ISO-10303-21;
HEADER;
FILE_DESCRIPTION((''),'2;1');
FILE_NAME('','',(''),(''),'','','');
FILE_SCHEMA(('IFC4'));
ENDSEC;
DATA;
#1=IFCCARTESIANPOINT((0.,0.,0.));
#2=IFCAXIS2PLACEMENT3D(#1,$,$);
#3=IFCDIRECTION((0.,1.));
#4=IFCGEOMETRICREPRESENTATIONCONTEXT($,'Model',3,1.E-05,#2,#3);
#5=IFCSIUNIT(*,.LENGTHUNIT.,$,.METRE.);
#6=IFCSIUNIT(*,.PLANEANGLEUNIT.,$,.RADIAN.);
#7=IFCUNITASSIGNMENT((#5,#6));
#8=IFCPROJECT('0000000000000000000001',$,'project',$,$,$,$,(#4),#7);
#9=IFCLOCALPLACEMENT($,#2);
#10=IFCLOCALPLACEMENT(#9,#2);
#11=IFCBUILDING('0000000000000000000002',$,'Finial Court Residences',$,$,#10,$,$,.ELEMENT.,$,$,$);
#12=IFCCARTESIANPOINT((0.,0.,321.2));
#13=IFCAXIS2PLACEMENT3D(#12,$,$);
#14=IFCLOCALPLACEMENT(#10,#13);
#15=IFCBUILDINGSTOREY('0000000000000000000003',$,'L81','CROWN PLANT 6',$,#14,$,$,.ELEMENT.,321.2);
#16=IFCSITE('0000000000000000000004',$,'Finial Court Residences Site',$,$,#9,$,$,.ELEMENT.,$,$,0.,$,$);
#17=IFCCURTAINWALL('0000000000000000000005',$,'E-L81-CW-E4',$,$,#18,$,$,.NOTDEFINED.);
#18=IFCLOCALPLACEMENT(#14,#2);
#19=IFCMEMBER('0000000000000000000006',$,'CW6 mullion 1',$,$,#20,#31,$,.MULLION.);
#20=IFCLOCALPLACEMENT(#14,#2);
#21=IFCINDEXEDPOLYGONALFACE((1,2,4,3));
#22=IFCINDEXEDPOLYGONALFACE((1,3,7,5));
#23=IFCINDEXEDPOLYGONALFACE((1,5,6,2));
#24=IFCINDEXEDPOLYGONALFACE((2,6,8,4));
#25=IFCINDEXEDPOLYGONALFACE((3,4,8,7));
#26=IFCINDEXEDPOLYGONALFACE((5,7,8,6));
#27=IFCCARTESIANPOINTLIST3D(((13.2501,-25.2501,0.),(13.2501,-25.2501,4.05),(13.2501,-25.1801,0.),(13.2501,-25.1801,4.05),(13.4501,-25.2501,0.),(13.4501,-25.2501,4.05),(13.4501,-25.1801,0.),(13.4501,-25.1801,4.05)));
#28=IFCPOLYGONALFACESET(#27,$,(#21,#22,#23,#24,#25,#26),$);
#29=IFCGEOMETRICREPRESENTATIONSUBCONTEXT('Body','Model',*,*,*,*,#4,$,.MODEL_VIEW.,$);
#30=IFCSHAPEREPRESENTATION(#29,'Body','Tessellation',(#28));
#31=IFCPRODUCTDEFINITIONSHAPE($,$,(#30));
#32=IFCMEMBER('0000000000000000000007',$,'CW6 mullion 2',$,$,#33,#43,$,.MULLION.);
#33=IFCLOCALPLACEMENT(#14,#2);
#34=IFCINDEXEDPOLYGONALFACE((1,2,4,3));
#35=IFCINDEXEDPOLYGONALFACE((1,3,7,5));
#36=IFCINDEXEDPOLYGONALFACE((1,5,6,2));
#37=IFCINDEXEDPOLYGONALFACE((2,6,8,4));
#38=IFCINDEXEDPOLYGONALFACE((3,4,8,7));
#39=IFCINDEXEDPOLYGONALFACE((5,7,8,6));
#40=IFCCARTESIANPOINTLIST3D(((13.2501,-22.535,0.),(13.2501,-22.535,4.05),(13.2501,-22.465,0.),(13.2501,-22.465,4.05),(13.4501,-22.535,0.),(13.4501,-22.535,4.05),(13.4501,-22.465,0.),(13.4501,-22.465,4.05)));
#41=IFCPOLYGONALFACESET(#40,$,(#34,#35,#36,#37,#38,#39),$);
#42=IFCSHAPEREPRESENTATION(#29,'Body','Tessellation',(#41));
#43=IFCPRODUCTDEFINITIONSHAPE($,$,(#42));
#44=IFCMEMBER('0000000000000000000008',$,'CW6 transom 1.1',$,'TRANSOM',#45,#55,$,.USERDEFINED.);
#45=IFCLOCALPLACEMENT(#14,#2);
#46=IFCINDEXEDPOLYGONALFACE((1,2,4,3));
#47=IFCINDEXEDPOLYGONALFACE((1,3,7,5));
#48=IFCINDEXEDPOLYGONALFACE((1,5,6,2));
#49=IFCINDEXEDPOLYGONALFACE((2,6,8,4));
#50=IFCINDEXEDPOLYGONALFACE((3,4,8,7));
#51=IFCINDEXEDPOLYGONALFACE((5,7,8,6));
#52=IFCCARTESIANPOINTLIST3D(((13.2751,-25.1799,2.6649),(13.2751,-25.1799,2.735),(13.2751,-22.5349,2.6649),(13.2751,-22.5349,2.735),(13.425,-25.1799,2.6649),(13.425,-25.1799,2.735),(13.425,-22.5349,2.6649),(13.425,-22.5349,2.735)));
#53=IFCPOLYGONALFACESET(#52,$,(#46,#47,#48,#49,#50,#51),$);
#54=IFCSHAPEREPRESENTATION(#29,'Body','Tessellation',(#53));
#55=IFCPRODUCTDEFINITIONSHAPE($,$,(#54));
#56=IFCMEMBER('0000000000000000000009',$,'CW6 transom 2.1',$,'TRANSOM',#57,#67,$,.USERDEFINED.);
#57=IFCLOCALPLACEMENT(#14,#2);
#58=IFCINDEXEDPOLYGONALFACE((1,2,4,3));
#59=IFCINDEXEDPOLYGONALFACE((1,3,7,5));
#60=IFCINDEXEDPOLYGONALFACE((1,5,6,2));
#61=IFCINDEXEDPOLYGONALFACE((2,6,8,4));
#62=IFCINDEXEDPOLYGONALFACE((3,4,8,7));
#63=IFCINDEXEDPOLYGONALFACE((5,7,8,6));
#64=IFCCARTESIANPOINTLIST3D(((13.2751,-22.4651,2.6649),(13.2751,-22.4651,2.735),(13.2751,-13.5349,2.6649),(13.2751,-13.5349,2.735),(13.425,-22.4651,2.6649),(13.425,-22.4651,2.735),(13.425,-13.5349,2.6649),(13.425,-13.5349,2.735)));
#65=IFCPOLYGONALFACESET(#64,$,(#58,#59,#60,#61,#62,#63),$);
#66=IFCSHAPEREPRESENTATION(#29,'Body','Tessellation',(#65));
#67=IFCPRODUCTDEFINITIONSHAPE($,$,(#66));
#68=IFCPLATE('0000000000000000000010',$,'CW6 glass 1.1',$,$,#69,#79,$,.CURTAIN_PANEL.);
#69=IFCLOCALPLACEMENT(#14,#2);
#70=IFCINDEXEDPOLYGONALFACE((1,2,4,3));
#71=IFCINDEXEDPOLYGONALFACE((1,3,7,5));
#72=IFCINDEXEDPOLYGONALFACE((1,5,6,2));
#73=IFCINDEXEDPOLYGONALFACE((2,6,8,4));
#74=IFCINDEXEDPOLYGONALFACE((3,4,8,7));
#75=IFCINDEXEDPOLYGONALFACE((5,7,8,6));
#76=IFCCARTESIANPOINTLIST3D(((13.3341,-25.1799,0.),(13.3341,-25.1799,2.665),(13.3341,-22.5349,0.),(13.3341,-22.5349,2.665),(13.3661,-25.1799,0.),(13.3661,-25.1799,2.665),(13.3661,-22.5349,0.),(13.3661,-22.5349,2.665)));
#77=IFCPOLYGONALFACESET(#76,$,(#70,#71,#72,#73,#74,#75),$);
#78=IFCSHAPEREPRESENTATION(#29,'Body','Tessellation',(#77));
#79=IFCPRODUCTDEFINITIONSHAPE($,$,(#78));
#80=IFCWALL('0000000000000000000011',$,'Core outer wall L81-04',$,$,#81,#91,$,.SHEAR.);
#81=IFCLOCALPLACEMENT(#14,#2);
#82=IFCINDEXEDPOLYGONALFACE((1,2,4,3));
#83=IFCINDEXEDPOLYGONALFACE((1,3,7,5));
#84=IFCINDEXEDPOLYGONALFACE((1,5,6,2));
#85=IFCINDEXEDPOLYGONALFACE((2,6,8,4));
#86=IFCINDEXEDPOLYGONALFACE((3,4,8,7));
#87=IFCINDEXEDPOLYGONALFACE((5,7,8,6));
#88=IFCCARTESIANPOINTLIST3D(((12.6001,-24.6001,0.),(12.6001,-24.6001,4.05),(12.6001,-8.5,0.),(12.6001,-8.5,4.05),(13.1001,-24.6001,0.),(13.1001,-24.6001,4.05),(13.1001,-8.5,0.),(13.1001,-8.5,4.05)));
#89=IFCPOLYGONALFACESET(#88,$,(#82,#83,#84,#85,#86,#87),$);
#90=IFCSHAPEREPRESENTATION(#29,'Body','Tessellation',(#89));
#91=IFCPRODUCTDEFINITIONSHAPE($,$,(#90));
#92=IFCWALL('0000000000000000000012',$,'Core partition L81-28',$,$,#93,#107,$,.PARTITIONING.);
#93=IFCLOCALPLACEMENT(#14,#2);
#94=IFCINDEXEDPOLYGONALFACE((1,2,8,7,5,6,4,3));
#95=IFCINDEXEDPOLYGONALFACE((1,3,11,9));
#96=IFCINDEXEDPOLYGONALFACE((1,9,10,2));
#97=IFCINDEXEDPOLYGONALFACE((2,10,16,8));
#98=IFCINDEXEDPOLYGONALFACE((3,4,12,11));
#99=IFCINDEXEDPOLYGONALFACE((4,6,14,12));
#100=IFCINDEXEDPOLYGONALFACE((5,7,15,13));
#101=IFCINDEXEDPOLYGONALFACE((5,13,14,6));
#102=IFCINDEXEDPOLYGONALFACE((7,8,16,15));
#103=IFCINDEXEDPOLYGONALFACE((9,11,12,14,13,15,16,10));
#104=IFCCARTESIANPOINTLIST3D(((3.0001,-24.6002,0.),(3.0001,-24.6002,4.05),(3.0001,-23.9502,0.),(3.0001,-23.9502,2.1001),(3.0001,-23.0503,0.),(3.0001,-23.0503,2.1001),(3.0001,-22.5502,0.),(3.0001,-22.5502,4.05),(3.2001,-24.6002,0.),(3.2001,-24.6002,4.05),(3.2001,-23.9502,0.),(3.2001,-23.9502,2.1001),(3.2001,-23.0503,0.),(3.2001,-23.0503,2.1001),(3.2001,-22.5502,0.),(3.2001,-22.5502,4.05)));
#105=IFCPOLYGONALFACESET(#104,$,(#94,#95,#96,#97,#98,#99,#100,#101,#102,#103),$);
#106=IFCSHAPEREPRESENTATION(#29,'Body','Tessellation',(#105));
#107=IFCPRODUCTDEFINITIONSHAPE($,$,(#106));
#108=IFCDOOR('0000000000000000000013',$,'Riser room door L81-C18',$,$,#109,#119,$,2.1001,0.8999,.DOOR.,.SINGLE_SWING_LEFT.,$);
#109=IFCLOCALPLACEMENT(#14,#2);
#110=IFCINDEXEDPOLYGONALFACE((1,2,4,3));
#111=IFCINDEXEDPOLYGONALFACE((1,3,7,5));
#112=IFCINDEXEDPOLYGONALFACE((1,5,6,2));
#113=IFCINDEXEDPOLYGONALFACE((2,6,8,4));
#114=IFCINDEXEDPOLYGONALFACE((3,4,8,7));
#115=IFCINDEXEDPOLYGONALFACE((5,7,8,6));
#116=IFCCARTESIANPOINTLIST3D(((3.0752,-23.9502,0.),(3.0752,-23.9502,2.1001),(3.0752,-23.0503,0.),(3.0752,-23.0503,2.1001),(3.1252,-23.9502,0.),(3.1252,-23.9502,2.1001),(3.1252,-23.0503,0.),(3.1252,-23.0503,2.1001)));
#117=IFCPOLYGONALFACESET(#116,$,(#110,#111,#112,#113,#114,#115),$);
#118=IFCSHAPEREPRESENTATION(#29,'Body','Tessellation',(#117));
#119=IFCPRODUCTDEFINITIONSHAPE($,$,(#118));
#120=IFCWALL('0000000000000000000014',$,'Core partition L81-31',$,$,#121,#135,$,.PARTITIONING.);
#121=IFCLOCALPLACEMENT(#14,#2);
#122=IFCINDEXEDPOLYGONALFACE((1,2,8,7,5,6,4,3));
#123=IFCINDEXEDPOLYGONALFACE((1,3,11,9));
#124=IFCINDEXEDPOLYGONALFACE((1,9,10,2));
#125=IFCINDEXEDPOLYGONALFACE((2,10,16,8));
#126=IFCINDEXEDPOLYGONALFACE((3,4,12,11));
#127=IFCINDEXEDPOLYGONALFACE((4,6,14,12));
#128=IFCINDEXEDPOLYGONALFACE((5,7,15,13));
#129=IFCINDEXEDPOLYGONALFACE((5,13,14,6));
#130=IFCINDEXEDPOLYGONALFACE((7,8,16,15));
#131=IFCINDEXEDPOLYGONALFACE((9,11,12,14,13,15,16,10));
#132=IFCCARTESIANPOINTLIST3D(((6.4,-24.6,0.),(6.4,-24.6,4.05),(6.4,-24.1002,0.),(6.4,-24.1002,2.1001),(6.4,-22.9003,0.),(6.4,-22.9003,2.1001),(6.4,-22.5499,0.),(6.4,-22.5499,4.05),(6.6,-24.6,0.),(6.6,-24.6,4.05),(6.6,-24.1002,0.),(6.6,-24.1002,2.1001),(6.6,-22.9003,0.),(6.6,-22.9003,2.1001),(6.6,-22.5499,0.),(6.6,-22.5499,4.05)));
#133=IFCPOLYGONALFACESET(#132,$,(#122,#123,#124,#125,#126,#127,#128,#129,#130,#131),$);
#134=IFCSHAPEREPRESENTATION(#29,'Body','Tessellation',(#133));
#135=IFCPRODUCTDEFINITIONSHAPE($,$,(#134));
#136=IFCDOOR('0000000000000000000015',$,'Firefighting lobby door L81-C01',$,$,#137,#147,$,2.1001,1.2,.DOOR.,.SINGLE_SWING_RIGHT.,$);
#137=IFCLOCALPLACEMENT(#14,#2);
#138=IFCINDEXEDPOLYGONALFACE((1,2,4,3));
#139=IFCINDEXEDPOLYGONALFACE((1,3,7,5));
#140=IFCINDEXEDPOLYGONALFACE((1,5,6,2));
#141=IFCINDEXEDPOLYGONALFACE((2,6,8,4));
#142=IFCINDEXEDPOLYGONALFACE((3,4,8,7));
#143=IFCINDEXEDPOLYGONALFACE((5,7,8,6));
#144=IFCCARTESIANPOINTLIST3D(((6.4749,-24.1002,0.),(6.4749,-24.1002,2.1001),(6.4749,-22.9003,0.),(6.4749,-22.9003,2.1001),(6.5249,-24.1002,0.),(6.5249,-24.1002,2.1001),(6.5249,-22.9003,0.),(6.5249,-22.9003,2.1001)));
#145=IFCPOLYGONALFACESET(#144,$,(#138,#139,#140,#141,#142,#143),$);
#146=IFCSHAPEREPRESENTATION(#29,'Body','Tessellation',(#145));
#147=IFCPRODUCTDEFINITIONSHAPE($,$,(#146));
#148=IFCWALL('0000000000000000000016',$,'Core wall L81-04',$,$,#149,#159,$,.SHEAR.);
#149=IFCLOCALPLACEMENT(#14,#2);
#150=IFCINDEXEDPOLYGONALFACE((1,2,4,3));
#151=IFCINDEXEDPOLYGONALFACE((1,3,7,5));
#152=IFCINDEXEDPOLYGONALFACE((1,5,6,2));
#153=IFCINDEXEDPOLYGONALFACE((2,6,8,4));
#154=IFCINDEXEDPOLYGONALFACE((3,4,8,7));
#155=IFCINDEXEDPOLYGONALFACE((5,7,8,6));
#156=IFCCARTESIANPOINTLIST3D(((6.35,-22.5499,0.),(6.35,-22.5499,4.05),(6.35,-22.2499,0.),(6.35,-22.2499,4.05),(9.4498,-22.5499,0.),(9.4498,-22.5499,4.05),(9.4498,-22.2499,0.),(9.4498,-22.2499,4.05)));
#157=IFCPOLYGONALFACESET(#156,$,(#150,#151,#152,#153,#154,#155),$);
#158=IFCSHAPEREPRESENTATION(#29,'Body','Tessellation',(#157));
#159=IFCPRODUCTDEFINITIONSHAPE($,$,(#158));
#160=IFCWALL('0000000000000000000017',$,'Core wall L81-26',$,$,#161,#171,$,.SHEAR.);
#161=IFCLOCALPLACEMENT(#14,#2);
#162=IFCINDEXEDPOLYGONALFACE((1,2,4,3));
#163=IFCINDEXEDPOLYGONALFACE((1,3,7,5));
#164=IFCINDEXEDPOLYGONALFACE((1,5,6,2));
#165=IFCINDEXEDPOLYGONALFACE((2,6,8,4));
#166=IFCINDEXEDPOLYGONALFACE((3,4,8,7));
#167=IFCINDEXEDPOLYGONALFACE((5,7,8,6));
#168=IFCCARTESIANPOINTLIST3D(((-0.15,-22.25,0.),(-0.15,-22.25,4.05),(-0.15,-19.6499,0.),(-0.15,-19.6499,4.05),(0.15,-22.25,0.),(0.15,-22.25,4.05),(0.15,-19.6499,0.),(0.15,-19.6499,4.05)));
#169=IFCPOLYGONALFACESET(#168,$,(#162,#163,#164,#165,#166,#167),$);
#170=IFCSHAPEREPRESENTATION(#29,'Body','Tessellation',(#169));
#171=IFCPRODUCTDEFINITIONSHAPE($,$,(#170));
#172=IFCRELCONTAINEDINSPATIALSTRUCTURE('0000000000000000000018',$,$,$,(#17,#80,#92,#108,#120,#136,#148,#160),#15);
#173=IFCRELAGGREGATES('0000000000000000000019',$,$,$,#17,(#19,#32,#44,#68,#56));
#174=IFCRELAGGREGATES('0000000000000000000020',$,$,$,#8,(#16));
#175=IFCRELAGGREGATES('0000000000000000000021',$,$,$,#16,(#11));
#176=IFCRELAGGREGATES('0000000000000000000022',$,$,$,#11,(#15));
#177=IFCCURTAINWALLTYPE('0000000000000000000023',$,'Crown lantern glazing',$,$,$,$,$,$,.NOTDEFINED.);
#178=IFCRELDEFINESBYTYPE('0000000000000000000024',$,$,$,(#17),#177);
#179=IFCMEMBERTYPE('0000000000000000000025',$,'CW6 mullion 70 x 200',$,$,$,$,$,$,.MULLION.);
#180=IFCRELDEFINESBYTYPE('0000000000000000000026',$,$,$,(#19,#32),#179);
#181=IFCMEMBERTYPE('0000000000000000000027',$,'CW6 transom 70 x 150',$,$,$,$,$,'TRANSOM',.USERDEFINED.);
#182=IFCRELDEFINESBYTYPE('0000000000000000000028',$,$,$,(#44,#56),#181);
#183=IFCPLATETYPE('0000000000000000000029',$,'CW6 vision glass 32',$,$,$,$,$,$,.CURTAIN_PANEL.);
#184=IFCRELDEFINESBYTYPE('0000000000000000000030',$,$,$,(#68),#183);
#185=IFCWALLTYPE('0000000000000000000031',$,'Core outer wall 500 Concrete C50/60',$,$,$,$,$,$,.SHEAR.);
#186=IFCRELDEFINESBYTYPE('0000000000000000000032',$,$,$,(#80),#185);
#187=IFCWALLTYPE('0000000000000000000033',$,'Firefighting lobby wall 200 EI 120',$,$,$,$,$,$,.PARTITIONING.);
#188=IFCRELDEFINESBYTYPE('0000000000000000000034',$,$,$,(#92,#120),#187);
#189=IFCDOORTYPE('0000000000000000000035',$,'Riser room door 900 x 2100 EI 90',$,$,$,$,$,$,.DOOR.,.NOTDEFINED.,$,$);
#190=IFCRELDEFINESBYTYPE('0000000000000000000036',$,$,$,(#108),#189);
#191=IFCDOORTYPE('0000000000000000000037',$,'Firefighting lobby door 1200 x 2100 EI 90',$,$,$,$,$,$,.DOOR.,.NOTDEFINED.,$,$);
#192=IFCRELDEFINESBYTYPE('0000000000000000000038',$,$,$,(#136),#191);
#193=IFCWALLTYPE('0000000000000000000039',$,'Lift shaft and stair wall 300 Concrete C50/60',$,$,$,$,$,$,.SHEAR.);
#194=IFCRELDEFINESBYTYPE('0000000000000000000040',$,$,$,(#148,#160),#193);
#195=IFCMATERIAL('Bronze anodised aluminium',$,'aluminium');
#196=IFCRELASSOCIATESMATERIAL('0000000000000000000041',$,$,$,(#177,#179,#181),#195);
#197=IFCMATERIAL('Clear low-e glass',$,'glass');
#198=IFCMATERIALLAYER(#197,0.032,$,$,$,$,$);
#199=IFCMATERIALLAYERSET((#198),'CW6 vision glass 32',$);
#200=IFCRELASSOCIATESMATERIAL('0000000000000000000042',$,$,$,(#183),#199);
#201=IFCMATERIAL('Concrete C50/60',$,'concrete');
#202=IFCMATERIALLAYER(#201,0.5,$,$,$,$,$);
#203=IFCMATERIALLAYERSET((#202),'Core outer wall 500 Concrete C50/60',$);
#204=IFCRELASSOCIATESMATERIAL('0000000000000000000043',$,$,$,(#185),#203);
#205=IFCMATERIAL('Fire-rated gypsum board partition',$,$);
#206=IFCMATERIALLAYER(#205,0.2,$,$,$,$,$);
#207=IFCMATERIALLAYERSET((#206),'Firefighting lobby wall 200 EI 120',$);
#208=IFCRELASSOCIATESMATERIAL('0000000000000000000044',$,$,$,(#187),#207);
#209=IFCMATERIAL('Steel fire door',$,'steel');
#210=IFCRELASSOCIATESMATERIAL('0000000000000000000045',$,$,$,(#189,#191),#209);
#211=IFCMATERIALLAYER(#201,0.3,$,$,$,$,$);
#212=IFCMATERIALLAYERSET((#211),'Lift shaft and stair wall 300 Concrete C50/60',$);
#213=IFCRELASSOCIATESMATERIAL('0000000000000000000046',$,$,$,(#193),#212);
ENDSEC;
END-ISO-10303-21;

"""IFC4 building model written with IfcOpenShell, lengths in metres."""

from ifc_helpers import new_model, si_unit, direction, frame, frame_2d, origin, origin_2d, place, context, subcontext, project, spatial, rectangle, extrude, material, layer, layer_set, material_profile, profile_set, type_object, element, fill, aggregate, save


model = new_model("IFC4")

# Units and contexts
model_context = context("Model", 3, precision=1e-05, world=origin(), true_north=direction((0.0, 1.0)))
body_context = subcontext(model_context, "Body", "Model", "MODEL_VIEW")
ifc_project = project(units=[si_unit("LENGTHUNIT", "METRE"), si_unit("PLANEANGLEUNIT", "RADIAN")], contexts=[model_context])

# Site, building, storey
site_placement = place(None, origin())
site = spatial("IfcSite", under=ifc_project, at=site_placement, Name="Finial Court Residences Site", CompositionType="ELEMENT", RefElevation=0.0)
building_placement = place(site_placement, origin())
building = spatial("IfcBuilding", under=site, at=building_placement, Name="Finial Court Residences", CompositionType="ELEMENT")
storey_placement = place(building_placement, frame((0.0, 0.0, 321.2)))
storey = spatial("IfcBuildingStorey", under=building, at=storey_placement, Name="L81", Description="CROWN PLANT 6", CompositionType="ELEMENT", Elevation=321.2)

# Curtain wall, members, plate
ifc_material_1 = material(Name="Bronze anodised aluminium", Category="aluminium")
curtain_wall_type = type_object("IfcCurtainWallType", Name="Crown lantern glazing", PredefinedType="NOTDEFINED", material=ifc_material_1)
curtain_wall_placement = place(storey_placement, origin())
curtain_wall = element("IfcCurtainWall", 1, at=curtain_wall_placement, inside=storey, type_object=curtain_wall_type, Name="E-L81-CW-E4", PredefinedType="NOTDEFINED")
ifc_material_profile_1 = material_profile(ifc_material_1, rectangle(XDim=0.2, YDim=0.0701, at=origin_2d()), Name="CW6 mullion 70 x 200")
ifc_profile_set_1 = profile_set([ifc_material_profile_1], Name="Bronze anodised aluminium")
member_type_1 = type_object("IfcMemberType", Name="CW6 mullion 70 x 200", PredefinedType="MULLION", material=ifc_profile_set_1)
member_1_placement = place(storey_placement, frame((13.3501, -25.2151, 0.0), z_axis=(0.0, 0.0, 1.0), x_axis=(-1.0, 0.0, 0.0)))
member_1 = element("IfcMember", 2, at=member_1_placement, type_object=member_type_1, Name="CW6 mullion 1", PredefinedType="MULLION", context=body_context, shape_type="SweptSolid", body=[
    extrude(rectangle(XDim=0.2, YDim=0.0701, at=origin_2d()), origin(), (0.0, 0.0, 1.0), 4.05),
])
member_2_placement = place(storey_placement, frame((13.3501, -22.5, 0.0), z_axis=(0.0, 0.0, 1.0), x_axis=(-1.0, 0.0, 0.0)))
member_2 = element("IfcMember", 3, at=member_2_placement, type_object=member_type_1, Name="CW6 mullion 2", PredefinedType="MULLION", context=body_context, shape_type="SweptSolid", body=[
    extrude(rectangle(XDim=0.2, YDim=0.0701, at=origin_2d()), origin(), (0.0, 0.0, 1.0), 4.05),
])
ifc_material_profile_2 = material_profile(ifc_material_1, rectangle(XDim=0.1499, YDim=0.0701, at=origin_2d()), Name="CW6 transom 70 x 150")
ifc_profile_set_2 = profile_set([ifc_material_profile_2], Name="Bronze anodised aluminium")
member_type_2 = type_object("IfcMemberType", Name="CW6 transom 70 x 150", ElementType="TRANSOM", PredefinedType="USERDEFINED", material=ifc_profile_set_2)
member_3_placement = place(storey_placement, frame((13.3501, -25.1799, 2.7), z_axis=(0.0, 1.0, 0.0), x_axis=(-1.0, 0.0, 0.0)))
member_3 = element("IfcMember", 4, at=member_3_placement, type_object=member_type_2, Name="CW6 transom 1.1", ObjectType="TRANSOM", PredefinedType="USERDEFINED", context=body_context, shape_type="SweptSolid", body=[
    extrude(rectangle(XDim=0.1499, YDim=0.0701, at=origin_2d()), origin(), (0.0, 0.0, 1.0), 2.645),
])
member_4_placement = place(storey_placement, frame((13.3501, -22.4651, 2.7), z_axis=(0.0, 1.0, 0.0), x_axis=(-1.0, 0.0, 0.0)))
member_4 = element("IfcMember", 5, at=member_4_placement, type_object=member_type_2, Name="CW6 transom 2.1", ObjectType="TRANSOM", PredefinedType="USERDEFINED", context=body_context, shape_type="SweptSolid", body=[
    extrude(rectangle(XDim=0.1499, YDim=0.0701, at=origin_2d()), origin(), (0.0, 0.0, 1.0), 8.9302),
])
ifc_material_2 = material(Name="Clear low-e glass", Category="glass")
ifc_layer_1 = layer(ifc_material_2, 0.032)
ifc_layer_set_1 = layer_set([ifc_layer_1], Name="CW6 vision glass 32")
plate_type = type_object("IfcPlateType", Name="CW6 vision glass 32", PredefinedType="CURTAIN_PANEL", material=ifc_layer_set_1)
plate_placement = place(storey_placement, frame((13.3501, -23.8574, 0.0), z_axis=(0.0, 0.0, 1.0), x_axis=(0.0, 1.0, 0.0)))
plate = element("IfcPlate", 6, at=plate_placement, type_object=plate_type, Name="CW6 glass 1.1", PredefinedType="CURTAIN_PANEL", context=body_context, shape_type="SweptSolid", body=[
    extrude(rectangle(XDim=2.645, YDim=0.032, at=origin_2d()), origin(), (0.0, 0.0, 1.0), 2.665),
])

# Wall
ifc_material_3 = material(Name="Concrete C50/60", Category="concrete")
ifc_layer_2 = layer(ifc_material_3, 0.5)
ifc_layer_set_2 = layer_set([ifc_layer_2], Name="Core outer wall 500 Concrete C50/60")
wall_type_1 = type_object("IfcWallType", Name="Core outer wall 500 Concrete C50/60", PredefinedType="SHEAR", material=ifc_layer_set_2)
wall_1_placement = place(storey_placement, frame((12.8501, -24.6001, 0.0), z_axis=(0.0, 0.0, 1.0), x_axis=(0.0, 1.0, 0.0)))
element("IfcWall", 7, at=wall_1_placement, inside=storey, type_object=wall_type_1, Name="Core outer wall L81-04", PredefinedType="SHEAR", context=body_context, shape_type="SweptSolid", body=[
    extrude(rectangle(XDim=16.1001, YDim=0.5, at=frame_2d((8.05, 0.0))), origin(), (0.0, 0.0, 1.0), 4.05),
])

# Walls, openings, doors
ifc_material_4 = material(Name="Fire-rated gypsum board partition")
ifc_layer_3 = layer(ifc_material_4, 0.2)
ifc_layer_set_3 = layer_set([ifc_layer_3], Name="Firefighting lobby wall 200 EI 120")
wall_type_2 = type_object("IfcWallType", Name="Firefighting lobby wall 200 EI 120", PredefinedType="PARTITIONING", material=ifc_layer_set_3)
wall_2_placement = place(storey_placement, frame((3.1001, -24.6001, 0.0), z_axis=(0.0, 0.0, 1.0), x_axis=(0.0, 1.0, 0.0)))
wall_2 = element("IfcWall", 8, at=wall_2_placement, inside=storey, type_object=wall_type_2, Name="Core partition L81-28", PredefinedType="PARTITIONING", context=body_context, shape_type="SweptSolid", body=[
    extrude(rectangle(XDim=2.05, YDim=0.2, at=frame_2d((1.0249, 0.0))), origin(), (0.0, 0.0, 1.0), 4.05),
])
opening_1_placement = place(wall_2_placement, frame((0.6499, 0.0, 0.0)))
opening_1 = element("IfcOpeningElement", 9, at=opening_1_placement, cuts=wall_2, PredefinedType="OPENING", context=body_context, shape_type="SweptSolid", body=[
    extrude(rectangle(XDim=0.8999, YDim=2.1001, at=frame_2d((0.45, 1.05))), frame((0.0, 0.1099, 0.0), z_axis=(0.0, -1.0, 0.0), x_axis=(1.0, 0.0, 0.0)), (0.0, 0.0, 1.0), 0.22),
])
ifc_material_5 = material(Name="Steel fire door", Category="steel")
door_type_1 = type_object("IfcDoorType", Name="Riser room door 900 x 2100 EI 90", OperationType="NOTDEFINED", PredefinedType="DOOR", material=ifc_material_5)
door_1_placement = place(opening_1_placement, origin())
door_1 = element("IfcDoor", 10, at=door_1_placement, inside=storey, type_object=door_type_1, Name="Riser room door L81-C18", OperationType="SINGLE_SWING_LEFT", OverallHeight=2.1001, OverallWidth=0.8999, PredefinedType="DOOR", context=body_context, shape_type="SweptSolid", body=[
    extrude(rectangle(XDim=0.8999, YDim=2.1001, at=frame_2d((0.45, 1.05))), frame((0.0, 0.0249, 0.0), z_axis=(0.0, -1.0, 0.0), x_axis=(1.0, 0.0, 0.0)), (0.0, 0.0, 1.0), 0.05),
])
fill(opening_1, door_1)
wall_3_placement = place(storey_placement, frame((6.5, -22.55, 0.0), z_axis=(0.0, 0.0, 1.0), x_axis=(0.0, -1.0, 0.0)))
wall_3 = element("IfcWall", 11, at=wall_3_placement, inside=storey, type_object=wall_type_2, Name="Core partition L81-31", PredefinedType="PARTITIONING", context=body_context, shape_type="SweptSolid", body=[
    extrude(rectangle(XDim=2.05, YDim=0.2, at=frame_2d((1.0249, 0.0))), origin(), (0.0, 0.0, 1.0), 4.05),
])
opening_2_placement = place(wall_3_placement, frame((0.3501, 0.0, 0.0)))
opening_2 = element("IfcOpeningElement", 12, at=opening_2_placement, cuts=wall_3, PredefinedType="OPENING", context=body_context, shape_type="SweptSolid", body=[
    extrude(rectangle(XDim=1.2, YDim=2.1001, at=frame_2d((0.6001, 1.05))), frame((0.0, 0.1099, 0.0), z_axis=(0.0, -1.0, 0.0), x_axis=(1.0, 0.0, 0.0)), (0.0, 0.0, 1.0), 0.22),
])
door_type_2 = type_object("IfcDoorType", Name="Firefighting lobby door 1200 x 2100 EI 90", OperationType="NOTDEFINED", PredefinedType="DOOR", material=ifc_material_5)
door_2_placement = place(opening_2_placement, origin())
door_2 = element("IfcDoor", 13, at=door_2_placement, inside=storey, type_object=door_type_2, Name="Firefighting lobby door L81-C01", OperationType="SINGLE_SWING_RIGHT", OverallHeight=2.1001, OverallWidth=1.2, PredefinedType="DOOR", context=body_context, shape_type="SweptSolid", body=[
    extrude(rectangle(XDim=1.2, YDim=2.1001, at=frame_2d((0.6001, 1.05))), frame((0.0, 0.0249, 0.0), z_axis=(0.0, -1.0, 0.0), x_axis=(1.0, 0.0, 0.0)), (0.0, 0.0, 1.0), 0.05),
])
fill(opening_2, door_2)

# Walls
ifc_layer_4 = layer(ifc_material_3, 0.3)
ifc_layer_set_4 = layer_set([ifc_layer_4], Name="Lift shaft and stair wall 300 Concrete C50/60")
wall_type_3 = type_object("IfcWallType", Name="Lift shaft and stair wall 300 Concrete C50/60", PredefinedType="SHEAR", material=ifc_layer_set_4)
wall_4_placement = place(storey_placement, frame((6.3501, -22.3999, 0.0), z_axis=(0.0, 0.0, 1.0), x_axis=(1.0, 0.0, 0.0)))
element("IfcWall", 14, at=wall_4_placement, inside=storey, type_object=wall_type_3, Name="Core wall L81-04", PredefinedType="SHEAR", context=body_context, shape_type="SweptSolid", body=[
    extrude(rectangle(XDim=3.0999, YDim=0.3, at=frame_2d((1.5498, 0.0))), origin(), (0.0, 0.0, 1.0), 4.05),
])
wall_5_placement = place(storey_placement, frame((0.0, -22.25, 0.0), z_axis=(0.0, 0.0, 1.0), x_axis=(0.0, 1.0, 0.0)))
element("IfcWall", 15, at=wall_5_placement, inside=storey, type_object=wall_type_3, Name="Core wall L81-26", PredefinedType="SHEAR", context=body_context, shape_type="SweptSolid", body=[
    extrude(rectangle(XDim=2.6001, YDim=0.3, at=frame_2d((1.3, 0.0))), origin(), (0.0, 0.0, 1.0), 4.05),
])

aggregate(curtain_wall, [member_1, member_2, member_3, plate, member_4])

save(model, "model.ifc")
